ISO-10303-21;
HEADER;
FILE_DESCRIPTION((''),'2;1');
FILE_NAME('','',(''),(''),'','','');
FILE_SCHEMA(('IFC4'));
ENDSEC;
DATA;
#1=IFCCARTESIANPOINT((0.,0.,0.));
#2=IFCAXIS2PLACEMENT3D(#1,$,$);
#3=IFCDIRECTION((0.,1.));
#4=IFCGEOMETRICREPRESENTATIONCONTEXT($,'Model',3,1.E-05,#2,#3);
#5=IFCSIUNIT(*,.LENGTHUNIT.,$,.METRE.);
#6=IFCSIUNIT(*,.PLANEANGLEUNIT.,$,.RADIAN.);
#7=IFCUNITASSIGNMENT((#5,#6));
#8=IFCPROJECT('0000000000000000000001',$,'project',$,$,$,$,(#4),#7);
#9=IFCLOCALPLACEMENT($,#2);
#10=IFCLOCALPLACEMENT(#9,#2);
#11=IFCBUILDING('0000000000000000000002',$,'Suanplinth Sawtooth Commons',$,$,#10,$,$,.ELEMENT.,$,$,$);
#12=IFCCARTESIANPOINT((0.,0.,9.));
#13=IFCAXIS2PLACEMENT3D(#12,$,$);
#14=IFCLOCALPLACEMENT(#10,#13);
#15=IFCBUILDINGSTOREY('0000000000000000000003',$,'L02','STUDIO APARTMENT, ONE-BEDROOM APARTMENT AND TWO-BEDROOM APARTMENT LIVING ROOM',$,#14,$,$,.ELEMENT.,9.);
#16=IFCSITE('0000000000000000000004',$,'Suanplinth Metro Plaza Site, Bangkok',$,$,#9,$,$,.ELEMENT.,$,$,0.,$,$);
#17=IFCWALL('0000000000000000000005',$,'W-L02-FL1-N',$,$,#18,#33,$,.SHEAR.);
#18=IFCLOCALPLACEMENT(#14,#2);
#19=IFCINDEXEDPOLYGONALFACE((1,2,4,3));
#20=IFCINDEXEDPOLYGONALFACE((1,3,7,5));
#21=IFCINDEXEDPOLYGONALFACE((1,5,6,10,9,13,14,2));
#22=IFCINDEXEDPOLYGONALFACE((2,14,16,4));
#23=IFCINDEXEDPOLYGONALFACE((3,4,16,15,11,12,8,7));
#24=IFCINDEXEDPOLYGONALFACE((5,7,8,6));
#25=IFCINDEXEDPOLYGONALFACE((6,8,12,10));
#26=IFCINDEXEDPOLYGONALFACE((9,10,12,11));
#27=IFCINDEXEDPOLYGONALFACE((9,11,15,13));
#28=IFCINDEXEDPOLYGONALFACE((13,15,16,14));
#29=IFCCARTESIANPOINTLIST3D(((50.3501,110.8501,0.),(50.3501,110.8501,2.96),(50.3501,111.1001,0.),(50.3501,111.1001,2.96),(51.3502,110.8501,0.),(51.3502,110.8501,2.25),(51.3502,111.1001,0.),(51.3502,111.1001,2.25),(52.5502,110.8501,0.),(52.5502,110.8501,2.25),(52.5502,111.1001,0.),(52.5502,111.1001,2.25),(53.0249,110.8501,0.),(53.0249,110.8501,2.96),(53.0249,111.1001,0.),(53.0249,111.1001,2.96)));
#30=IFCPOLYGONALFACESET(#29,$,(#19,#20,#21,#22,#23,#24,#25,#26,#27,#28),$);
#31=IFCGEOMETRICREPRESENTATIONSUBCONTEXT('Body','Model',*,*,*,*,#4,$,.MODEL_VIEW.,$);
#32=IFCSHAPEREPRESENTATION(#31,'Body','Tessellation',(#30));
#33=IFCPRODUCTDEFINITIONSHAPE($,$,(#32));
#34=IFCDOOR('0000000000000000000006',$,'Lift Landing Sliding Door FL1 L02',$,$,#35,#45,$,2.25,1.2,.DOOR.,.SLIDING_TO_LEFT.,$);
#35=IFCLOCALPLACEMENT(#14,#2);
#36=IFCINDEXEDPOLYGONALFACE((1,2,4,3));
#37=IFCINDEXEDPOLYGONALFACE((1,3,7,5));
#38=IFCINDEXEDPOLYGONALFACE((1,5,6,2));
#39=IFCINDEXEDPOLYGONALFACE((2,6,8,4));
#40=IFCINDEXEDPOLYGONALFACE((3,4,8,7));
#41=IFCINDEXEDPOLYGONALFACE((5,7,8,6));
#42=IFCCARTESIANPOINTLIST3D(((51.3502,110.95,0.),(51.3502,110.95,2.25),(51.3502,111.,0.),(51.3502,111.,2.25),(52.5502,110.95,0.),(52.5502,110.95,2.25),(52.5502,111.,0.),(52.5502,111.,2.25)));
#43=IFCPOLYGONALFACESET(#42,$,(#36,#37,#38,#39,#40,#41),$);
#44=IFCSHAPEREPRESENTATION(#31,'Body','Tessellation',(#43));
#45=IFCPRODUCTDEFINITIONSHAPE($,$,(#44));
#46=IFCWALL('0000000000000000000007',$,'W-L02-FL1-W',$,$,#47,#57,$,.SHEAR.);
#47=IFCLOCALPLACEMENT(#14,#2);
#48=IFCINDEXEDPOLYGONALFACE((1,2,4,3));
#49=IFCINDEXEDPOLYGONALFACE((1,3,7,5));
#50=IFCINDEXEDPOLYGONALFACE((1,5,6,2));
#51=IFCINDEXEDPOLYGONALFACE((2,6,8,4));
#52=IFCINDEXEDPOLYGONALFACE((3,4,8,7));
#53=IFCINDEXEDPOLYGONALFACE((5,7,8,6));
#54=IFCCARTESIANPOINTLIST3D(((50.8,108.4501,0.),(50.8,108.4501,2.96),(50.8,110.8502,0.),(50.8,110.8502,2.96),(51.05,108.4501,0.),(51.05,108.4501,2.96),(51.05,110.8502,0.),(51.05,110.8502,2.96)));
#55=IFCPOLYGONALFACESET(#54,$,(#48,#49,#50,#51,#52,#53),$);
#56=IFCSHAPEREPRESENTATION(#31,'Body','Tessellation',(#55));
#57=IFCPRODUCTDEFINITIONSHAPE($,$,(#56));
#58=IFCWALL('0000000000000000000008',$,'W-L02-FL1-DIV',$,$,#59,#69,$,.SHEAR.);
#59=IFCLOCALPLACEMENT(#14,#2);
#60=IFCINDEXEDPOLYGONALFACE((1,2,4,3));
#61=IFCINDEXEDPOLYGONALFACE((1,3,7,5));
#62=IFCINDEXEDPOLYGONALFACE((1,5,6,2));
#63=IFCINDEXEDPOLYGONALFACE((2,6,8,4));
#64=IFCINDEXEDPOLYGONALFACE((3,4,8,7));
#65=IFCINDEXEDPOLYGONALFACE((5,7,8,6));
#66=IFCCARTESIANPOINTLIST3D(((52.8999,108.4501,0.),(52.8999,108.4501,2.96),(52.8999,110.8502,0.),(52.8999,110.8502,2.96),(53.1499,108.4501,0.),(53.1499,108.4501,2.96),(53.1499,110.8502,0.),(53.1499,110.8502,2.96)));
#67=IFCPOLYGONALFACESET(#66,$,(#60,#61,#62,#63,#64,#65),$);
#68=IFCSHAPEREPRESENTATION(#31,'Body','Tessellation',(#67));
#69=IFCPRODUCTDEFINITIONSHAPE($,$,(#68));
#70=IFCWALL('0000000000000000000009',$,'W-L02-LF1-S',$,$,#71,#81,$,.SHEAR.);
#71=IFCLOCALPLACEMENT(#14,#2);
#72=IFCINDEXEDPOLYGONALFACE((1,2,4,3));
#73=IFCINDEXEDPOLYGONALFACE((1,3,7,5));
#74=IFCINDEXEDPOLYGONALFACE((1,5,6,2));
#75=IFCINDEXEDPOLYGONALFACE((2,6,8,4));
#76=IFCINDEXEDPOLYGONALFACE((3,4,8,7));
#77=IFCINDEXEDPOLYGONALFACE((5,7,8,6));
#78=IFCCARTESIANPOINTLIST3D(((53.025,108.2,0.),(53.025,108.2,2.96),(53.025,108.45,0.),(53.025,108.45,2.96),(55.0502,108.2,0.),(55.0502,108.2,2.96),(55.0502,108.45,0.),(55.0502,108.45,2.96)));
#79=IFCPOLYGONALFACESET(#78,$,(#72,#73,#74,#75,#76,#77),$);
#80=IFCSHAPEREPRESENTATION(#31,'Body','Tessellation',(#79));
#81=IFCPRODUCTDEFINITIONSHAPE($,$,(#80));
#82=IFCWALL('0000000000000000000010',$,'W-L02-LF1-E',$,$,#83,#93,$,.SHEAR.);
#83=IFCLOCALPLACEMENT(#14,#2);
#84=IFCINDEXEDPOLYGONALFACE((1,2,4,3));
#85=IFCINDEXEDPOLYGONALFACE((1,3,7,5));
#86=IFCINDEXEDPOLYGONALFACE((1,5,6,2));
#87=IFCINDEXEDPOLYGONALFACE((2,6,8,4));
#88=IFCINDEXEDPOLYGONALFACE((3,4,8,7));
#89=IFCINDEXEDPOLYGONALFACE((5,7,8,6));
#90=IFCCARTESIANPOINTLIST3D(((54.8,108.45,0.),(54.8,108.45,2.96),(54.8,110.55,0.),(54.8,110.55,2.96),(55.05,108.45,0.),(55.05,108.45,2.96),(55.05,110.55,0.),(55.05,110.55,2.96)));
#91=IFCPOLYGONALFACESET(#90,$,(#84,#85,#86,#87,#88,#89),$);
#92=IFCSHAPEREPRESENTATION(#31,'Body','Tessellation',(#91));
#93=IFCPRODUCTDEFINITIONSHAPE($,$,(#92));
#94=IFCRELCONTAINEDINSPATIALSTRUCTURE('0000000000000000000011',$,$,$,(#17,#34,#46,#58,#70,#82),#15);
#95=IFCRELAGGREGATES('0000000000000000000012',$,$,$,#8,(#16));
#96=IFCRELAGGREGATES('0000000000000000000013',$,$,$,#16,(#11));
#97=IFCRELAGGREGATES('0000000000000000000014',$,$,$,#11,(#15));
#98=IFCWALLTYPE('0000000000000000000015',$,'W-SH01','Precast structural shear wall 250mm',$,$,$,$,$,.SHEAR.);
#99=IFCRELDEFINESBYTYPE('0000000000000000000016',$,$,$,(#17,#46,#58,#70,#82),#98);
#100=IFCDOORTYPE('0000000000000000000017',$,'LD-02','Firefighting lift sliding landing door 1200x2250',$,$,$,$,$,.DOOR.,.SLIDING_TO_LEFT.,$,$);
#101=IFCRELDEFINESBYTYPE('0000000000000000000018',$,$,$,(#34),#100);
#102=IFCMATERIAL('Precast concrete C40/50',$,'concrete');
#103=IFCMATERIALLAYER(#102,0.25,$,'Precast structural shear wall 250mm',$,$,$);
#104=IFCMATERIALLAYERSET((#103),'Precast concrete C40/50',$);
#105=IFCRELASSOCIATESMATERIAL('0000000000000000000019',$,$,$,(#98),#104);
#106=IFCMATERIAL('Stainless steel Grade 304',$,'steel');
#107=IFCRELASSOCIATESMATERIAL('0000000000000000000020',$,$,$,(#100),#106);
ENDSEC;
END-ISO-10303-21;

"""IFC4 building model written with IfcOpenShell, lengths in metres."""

from ifc_helpers import new_model, si_unit, direction, frame, frame_2d, origin, place, context, subcontext, project, spatial, rectangle, extrude, material, layer, layer_set, type_object, element, fill, save


model = new_model("IFC4")

# Units and contexts
model_context = context("Model", 3, precision=1e-05, world=origin(), true_north=direction((0.0, 1.0)))
body_context = subcontext(model_context, "Body", "Model", "MODEL_VIEW")
ifc_project = project(units=[si_unit("LENGTHUNIT", "METRE"), si_unit("PLANEANGLEUNIT", "RADIAN")], contexts=[model_context])

# Site, building, storey
site_placement = place(None, origin())
site = spatial("IfcSite", under=ifc_project, at=site_placement, Name="Suanplinth Metro Plaza Site, Bangkok", CompositionType="ELEMENT", RefElevation=0.0)
building_placement = place(site_placement, origin())
building = spatial("IfcBuilding", under=site, at=building_placement, Name="Suanplinth Sawtooth Commons", CompositionType="ELEMENT")
storey_placement = place(building_placement, frame((0.0, 0.0, 9.0)))
storey = spatial("IfcBuildingStorey", under=building, at=storey_placement, Name="L02", Description="STUDIO APARTMENT, ONE-BEDROOM APARTMENT AND TWO-BEDROOM APARTMENT LIVING ROOM", CompositionType="ELEMENT", Elevation=9.0)

# Shared definitions
ifc_material_1 = material(Name="Precast concrete C40/50", Category="concrete")

# Wall, opening, door
ifc_layer_1 = layer(ifc_material_1, 0.25, Name="Precast structural shear wall 250mm")
ifc_layer_set_1 = layer_set([ifc_layer_1], Name="Precast concrete C40/50")
wall_type_1 = type_object("IfcWallType", Name="W-SH01", Description="Precast structural shear wall 250mm", PredefinedType="SHEAR", material=ifc_layer_set_1)
wall_1_placement = place(storey_placement, frame((50.3501, 110.9751, 0.0), z_axis=(0.0, 0.0, 1.0), x_axis=(1.0, 0.0, 0.0)))
wall_1 = element("IfcWall", 1, at=wall_1_placement, inside=storey, type_object=wall_type_1, Name="W-L02-FL1-N", PredefinedType="SHEAR", context=body_context, shape_type="SweptSolid", body=[
    extrude(rectangle(XDim=2.6748, YDim=0.25, at=frame_2d((1.3374, 0.0))), origin(), (0.0, 0.0, 1.0), 2.96),
])
opening_1_placement = place(wall_1_placement, frame((1.0, 0.0, 0.0)))
opening_1 = element("IfcOpeningElement", 2, at=opening_1_placement, cuts=wall_1, PredefinedType="OPENING", context=body_context, shape_type="SweptSolid", body=[
    extrude(rectangle(XDim=1.2, YDim=2.25, at=frame_2d((0.6001, 1.125))), frame((0.0, 0.1399, 0.0), z_axis=(0.0, -1.0, 0.0), x_axis=(1.0, 0.0, 0.0)), (0.0, 0.0, 1.0), 0.2798),
])
ifc_material_2 = material(Name="Stainless steel Grade 304", Category="steel")
door_type_1 = type_object("IfcDoorType", Name="LD-02", Description="Firefighting lift sliding landing door 1200x2250", OperationType="SLIDING_TO_LEFT", PredefinedType="DOOR", material=ifc_material_2)
door_1_placement = place(opening_1_placement, origin())
door_1 = element("IfcDoor", 3, at=door_1_placement, inside=storey, type_object=door_type_1, Name="Lift Landing Sliding Door FL1 L02", OperationType="SLIDING_TO_LEFT", OverallHeight=2.25, OverallWidth=1.2, PredefinedType="DOOR", context=body_context, shape_type="SweptSolid", body=[
    extrude(rectangle(XDim=1.2, YDim=2.25, at=frame_2d((0.6001, 1.125))), frame((0.0, 0.0249, 0.0), z_axis=(0.0, -1.0, 0.0), x_axis=(1.0, 0.0, 0.0)), (0.0, 0.0, 1.0), 0.05),
])
fill(opening_1, door_1)

# Walls
for number, where, z_axis, x_axis, name in (
    (4, (50.925, 108.45, 0.0), (0.0, 0.0, 1.0), (0.0, 1.0, 0.0), "W-L02-FL1-W"),
    (5, (53.0249, 108.45, 0.0), (0.0, 0.0, 1.0), (0.0, 1.0, 0.0), "W-L02-FL1-DIV"),
):
    element("IfcWall", number, at=place(storey_placement, frame(where, z_axis=z_axis, x_axis=x_axis)), inside=storey, type_object=wall_type_1, Name=name, PredefinedType="SHEAR", context=body_context, shape_type="SweptSolid", body=[
        extrude(rectangle(XDim=2.4001, YDim=0.25, at=frame_2d((1.2002, 0.0))), origin(), (0.0, 0.0, 1.0), 2.96),
    ])
wall_2_placement = place(storey_placement, frame((53.0249, 108.325, 0.0), z_axis=(0.0, 0.0, 1.0), x_axis=(1.0, 0.0, 0.0)))
element("IfcWall", 6, at=wall_2_placement, inside=storey, type_object=wall_type_1, Name="W-L02-LF1-S", PredefinedType="SHEAR", context=body_context, shape_type="SweptSolid", body=[
    extrude(rectangle(XDim=2.0251, YDim=0.25, at=frame_2d((1.0127, 0.0))), origin(), (0.0, 0.0, 1.0), 2.96),
])

# Wall
wall_3_placement = place(storey_placement, frame((54.925, 108.45, 0.0), z_axis=(0.0, 0.0, 1.0), x_axis=(0.0, 1.0, 0.0)))
element("IfcWall", 7, at=wall_3_placement, inside=storey, type_object=wall_type_1, Name="W-L02-LF1-E", PredefinedType="SHEAR", context=body_context, shape_type="SweptSolid", body=[
    extrude(rectangle(XDim=2.1001, YDim=0.25, at=frame_2d((1.05, 0.0))), origin(), (0.0, 0.0, 1.0), 2.96),
])

save(model, "model.ifc")
